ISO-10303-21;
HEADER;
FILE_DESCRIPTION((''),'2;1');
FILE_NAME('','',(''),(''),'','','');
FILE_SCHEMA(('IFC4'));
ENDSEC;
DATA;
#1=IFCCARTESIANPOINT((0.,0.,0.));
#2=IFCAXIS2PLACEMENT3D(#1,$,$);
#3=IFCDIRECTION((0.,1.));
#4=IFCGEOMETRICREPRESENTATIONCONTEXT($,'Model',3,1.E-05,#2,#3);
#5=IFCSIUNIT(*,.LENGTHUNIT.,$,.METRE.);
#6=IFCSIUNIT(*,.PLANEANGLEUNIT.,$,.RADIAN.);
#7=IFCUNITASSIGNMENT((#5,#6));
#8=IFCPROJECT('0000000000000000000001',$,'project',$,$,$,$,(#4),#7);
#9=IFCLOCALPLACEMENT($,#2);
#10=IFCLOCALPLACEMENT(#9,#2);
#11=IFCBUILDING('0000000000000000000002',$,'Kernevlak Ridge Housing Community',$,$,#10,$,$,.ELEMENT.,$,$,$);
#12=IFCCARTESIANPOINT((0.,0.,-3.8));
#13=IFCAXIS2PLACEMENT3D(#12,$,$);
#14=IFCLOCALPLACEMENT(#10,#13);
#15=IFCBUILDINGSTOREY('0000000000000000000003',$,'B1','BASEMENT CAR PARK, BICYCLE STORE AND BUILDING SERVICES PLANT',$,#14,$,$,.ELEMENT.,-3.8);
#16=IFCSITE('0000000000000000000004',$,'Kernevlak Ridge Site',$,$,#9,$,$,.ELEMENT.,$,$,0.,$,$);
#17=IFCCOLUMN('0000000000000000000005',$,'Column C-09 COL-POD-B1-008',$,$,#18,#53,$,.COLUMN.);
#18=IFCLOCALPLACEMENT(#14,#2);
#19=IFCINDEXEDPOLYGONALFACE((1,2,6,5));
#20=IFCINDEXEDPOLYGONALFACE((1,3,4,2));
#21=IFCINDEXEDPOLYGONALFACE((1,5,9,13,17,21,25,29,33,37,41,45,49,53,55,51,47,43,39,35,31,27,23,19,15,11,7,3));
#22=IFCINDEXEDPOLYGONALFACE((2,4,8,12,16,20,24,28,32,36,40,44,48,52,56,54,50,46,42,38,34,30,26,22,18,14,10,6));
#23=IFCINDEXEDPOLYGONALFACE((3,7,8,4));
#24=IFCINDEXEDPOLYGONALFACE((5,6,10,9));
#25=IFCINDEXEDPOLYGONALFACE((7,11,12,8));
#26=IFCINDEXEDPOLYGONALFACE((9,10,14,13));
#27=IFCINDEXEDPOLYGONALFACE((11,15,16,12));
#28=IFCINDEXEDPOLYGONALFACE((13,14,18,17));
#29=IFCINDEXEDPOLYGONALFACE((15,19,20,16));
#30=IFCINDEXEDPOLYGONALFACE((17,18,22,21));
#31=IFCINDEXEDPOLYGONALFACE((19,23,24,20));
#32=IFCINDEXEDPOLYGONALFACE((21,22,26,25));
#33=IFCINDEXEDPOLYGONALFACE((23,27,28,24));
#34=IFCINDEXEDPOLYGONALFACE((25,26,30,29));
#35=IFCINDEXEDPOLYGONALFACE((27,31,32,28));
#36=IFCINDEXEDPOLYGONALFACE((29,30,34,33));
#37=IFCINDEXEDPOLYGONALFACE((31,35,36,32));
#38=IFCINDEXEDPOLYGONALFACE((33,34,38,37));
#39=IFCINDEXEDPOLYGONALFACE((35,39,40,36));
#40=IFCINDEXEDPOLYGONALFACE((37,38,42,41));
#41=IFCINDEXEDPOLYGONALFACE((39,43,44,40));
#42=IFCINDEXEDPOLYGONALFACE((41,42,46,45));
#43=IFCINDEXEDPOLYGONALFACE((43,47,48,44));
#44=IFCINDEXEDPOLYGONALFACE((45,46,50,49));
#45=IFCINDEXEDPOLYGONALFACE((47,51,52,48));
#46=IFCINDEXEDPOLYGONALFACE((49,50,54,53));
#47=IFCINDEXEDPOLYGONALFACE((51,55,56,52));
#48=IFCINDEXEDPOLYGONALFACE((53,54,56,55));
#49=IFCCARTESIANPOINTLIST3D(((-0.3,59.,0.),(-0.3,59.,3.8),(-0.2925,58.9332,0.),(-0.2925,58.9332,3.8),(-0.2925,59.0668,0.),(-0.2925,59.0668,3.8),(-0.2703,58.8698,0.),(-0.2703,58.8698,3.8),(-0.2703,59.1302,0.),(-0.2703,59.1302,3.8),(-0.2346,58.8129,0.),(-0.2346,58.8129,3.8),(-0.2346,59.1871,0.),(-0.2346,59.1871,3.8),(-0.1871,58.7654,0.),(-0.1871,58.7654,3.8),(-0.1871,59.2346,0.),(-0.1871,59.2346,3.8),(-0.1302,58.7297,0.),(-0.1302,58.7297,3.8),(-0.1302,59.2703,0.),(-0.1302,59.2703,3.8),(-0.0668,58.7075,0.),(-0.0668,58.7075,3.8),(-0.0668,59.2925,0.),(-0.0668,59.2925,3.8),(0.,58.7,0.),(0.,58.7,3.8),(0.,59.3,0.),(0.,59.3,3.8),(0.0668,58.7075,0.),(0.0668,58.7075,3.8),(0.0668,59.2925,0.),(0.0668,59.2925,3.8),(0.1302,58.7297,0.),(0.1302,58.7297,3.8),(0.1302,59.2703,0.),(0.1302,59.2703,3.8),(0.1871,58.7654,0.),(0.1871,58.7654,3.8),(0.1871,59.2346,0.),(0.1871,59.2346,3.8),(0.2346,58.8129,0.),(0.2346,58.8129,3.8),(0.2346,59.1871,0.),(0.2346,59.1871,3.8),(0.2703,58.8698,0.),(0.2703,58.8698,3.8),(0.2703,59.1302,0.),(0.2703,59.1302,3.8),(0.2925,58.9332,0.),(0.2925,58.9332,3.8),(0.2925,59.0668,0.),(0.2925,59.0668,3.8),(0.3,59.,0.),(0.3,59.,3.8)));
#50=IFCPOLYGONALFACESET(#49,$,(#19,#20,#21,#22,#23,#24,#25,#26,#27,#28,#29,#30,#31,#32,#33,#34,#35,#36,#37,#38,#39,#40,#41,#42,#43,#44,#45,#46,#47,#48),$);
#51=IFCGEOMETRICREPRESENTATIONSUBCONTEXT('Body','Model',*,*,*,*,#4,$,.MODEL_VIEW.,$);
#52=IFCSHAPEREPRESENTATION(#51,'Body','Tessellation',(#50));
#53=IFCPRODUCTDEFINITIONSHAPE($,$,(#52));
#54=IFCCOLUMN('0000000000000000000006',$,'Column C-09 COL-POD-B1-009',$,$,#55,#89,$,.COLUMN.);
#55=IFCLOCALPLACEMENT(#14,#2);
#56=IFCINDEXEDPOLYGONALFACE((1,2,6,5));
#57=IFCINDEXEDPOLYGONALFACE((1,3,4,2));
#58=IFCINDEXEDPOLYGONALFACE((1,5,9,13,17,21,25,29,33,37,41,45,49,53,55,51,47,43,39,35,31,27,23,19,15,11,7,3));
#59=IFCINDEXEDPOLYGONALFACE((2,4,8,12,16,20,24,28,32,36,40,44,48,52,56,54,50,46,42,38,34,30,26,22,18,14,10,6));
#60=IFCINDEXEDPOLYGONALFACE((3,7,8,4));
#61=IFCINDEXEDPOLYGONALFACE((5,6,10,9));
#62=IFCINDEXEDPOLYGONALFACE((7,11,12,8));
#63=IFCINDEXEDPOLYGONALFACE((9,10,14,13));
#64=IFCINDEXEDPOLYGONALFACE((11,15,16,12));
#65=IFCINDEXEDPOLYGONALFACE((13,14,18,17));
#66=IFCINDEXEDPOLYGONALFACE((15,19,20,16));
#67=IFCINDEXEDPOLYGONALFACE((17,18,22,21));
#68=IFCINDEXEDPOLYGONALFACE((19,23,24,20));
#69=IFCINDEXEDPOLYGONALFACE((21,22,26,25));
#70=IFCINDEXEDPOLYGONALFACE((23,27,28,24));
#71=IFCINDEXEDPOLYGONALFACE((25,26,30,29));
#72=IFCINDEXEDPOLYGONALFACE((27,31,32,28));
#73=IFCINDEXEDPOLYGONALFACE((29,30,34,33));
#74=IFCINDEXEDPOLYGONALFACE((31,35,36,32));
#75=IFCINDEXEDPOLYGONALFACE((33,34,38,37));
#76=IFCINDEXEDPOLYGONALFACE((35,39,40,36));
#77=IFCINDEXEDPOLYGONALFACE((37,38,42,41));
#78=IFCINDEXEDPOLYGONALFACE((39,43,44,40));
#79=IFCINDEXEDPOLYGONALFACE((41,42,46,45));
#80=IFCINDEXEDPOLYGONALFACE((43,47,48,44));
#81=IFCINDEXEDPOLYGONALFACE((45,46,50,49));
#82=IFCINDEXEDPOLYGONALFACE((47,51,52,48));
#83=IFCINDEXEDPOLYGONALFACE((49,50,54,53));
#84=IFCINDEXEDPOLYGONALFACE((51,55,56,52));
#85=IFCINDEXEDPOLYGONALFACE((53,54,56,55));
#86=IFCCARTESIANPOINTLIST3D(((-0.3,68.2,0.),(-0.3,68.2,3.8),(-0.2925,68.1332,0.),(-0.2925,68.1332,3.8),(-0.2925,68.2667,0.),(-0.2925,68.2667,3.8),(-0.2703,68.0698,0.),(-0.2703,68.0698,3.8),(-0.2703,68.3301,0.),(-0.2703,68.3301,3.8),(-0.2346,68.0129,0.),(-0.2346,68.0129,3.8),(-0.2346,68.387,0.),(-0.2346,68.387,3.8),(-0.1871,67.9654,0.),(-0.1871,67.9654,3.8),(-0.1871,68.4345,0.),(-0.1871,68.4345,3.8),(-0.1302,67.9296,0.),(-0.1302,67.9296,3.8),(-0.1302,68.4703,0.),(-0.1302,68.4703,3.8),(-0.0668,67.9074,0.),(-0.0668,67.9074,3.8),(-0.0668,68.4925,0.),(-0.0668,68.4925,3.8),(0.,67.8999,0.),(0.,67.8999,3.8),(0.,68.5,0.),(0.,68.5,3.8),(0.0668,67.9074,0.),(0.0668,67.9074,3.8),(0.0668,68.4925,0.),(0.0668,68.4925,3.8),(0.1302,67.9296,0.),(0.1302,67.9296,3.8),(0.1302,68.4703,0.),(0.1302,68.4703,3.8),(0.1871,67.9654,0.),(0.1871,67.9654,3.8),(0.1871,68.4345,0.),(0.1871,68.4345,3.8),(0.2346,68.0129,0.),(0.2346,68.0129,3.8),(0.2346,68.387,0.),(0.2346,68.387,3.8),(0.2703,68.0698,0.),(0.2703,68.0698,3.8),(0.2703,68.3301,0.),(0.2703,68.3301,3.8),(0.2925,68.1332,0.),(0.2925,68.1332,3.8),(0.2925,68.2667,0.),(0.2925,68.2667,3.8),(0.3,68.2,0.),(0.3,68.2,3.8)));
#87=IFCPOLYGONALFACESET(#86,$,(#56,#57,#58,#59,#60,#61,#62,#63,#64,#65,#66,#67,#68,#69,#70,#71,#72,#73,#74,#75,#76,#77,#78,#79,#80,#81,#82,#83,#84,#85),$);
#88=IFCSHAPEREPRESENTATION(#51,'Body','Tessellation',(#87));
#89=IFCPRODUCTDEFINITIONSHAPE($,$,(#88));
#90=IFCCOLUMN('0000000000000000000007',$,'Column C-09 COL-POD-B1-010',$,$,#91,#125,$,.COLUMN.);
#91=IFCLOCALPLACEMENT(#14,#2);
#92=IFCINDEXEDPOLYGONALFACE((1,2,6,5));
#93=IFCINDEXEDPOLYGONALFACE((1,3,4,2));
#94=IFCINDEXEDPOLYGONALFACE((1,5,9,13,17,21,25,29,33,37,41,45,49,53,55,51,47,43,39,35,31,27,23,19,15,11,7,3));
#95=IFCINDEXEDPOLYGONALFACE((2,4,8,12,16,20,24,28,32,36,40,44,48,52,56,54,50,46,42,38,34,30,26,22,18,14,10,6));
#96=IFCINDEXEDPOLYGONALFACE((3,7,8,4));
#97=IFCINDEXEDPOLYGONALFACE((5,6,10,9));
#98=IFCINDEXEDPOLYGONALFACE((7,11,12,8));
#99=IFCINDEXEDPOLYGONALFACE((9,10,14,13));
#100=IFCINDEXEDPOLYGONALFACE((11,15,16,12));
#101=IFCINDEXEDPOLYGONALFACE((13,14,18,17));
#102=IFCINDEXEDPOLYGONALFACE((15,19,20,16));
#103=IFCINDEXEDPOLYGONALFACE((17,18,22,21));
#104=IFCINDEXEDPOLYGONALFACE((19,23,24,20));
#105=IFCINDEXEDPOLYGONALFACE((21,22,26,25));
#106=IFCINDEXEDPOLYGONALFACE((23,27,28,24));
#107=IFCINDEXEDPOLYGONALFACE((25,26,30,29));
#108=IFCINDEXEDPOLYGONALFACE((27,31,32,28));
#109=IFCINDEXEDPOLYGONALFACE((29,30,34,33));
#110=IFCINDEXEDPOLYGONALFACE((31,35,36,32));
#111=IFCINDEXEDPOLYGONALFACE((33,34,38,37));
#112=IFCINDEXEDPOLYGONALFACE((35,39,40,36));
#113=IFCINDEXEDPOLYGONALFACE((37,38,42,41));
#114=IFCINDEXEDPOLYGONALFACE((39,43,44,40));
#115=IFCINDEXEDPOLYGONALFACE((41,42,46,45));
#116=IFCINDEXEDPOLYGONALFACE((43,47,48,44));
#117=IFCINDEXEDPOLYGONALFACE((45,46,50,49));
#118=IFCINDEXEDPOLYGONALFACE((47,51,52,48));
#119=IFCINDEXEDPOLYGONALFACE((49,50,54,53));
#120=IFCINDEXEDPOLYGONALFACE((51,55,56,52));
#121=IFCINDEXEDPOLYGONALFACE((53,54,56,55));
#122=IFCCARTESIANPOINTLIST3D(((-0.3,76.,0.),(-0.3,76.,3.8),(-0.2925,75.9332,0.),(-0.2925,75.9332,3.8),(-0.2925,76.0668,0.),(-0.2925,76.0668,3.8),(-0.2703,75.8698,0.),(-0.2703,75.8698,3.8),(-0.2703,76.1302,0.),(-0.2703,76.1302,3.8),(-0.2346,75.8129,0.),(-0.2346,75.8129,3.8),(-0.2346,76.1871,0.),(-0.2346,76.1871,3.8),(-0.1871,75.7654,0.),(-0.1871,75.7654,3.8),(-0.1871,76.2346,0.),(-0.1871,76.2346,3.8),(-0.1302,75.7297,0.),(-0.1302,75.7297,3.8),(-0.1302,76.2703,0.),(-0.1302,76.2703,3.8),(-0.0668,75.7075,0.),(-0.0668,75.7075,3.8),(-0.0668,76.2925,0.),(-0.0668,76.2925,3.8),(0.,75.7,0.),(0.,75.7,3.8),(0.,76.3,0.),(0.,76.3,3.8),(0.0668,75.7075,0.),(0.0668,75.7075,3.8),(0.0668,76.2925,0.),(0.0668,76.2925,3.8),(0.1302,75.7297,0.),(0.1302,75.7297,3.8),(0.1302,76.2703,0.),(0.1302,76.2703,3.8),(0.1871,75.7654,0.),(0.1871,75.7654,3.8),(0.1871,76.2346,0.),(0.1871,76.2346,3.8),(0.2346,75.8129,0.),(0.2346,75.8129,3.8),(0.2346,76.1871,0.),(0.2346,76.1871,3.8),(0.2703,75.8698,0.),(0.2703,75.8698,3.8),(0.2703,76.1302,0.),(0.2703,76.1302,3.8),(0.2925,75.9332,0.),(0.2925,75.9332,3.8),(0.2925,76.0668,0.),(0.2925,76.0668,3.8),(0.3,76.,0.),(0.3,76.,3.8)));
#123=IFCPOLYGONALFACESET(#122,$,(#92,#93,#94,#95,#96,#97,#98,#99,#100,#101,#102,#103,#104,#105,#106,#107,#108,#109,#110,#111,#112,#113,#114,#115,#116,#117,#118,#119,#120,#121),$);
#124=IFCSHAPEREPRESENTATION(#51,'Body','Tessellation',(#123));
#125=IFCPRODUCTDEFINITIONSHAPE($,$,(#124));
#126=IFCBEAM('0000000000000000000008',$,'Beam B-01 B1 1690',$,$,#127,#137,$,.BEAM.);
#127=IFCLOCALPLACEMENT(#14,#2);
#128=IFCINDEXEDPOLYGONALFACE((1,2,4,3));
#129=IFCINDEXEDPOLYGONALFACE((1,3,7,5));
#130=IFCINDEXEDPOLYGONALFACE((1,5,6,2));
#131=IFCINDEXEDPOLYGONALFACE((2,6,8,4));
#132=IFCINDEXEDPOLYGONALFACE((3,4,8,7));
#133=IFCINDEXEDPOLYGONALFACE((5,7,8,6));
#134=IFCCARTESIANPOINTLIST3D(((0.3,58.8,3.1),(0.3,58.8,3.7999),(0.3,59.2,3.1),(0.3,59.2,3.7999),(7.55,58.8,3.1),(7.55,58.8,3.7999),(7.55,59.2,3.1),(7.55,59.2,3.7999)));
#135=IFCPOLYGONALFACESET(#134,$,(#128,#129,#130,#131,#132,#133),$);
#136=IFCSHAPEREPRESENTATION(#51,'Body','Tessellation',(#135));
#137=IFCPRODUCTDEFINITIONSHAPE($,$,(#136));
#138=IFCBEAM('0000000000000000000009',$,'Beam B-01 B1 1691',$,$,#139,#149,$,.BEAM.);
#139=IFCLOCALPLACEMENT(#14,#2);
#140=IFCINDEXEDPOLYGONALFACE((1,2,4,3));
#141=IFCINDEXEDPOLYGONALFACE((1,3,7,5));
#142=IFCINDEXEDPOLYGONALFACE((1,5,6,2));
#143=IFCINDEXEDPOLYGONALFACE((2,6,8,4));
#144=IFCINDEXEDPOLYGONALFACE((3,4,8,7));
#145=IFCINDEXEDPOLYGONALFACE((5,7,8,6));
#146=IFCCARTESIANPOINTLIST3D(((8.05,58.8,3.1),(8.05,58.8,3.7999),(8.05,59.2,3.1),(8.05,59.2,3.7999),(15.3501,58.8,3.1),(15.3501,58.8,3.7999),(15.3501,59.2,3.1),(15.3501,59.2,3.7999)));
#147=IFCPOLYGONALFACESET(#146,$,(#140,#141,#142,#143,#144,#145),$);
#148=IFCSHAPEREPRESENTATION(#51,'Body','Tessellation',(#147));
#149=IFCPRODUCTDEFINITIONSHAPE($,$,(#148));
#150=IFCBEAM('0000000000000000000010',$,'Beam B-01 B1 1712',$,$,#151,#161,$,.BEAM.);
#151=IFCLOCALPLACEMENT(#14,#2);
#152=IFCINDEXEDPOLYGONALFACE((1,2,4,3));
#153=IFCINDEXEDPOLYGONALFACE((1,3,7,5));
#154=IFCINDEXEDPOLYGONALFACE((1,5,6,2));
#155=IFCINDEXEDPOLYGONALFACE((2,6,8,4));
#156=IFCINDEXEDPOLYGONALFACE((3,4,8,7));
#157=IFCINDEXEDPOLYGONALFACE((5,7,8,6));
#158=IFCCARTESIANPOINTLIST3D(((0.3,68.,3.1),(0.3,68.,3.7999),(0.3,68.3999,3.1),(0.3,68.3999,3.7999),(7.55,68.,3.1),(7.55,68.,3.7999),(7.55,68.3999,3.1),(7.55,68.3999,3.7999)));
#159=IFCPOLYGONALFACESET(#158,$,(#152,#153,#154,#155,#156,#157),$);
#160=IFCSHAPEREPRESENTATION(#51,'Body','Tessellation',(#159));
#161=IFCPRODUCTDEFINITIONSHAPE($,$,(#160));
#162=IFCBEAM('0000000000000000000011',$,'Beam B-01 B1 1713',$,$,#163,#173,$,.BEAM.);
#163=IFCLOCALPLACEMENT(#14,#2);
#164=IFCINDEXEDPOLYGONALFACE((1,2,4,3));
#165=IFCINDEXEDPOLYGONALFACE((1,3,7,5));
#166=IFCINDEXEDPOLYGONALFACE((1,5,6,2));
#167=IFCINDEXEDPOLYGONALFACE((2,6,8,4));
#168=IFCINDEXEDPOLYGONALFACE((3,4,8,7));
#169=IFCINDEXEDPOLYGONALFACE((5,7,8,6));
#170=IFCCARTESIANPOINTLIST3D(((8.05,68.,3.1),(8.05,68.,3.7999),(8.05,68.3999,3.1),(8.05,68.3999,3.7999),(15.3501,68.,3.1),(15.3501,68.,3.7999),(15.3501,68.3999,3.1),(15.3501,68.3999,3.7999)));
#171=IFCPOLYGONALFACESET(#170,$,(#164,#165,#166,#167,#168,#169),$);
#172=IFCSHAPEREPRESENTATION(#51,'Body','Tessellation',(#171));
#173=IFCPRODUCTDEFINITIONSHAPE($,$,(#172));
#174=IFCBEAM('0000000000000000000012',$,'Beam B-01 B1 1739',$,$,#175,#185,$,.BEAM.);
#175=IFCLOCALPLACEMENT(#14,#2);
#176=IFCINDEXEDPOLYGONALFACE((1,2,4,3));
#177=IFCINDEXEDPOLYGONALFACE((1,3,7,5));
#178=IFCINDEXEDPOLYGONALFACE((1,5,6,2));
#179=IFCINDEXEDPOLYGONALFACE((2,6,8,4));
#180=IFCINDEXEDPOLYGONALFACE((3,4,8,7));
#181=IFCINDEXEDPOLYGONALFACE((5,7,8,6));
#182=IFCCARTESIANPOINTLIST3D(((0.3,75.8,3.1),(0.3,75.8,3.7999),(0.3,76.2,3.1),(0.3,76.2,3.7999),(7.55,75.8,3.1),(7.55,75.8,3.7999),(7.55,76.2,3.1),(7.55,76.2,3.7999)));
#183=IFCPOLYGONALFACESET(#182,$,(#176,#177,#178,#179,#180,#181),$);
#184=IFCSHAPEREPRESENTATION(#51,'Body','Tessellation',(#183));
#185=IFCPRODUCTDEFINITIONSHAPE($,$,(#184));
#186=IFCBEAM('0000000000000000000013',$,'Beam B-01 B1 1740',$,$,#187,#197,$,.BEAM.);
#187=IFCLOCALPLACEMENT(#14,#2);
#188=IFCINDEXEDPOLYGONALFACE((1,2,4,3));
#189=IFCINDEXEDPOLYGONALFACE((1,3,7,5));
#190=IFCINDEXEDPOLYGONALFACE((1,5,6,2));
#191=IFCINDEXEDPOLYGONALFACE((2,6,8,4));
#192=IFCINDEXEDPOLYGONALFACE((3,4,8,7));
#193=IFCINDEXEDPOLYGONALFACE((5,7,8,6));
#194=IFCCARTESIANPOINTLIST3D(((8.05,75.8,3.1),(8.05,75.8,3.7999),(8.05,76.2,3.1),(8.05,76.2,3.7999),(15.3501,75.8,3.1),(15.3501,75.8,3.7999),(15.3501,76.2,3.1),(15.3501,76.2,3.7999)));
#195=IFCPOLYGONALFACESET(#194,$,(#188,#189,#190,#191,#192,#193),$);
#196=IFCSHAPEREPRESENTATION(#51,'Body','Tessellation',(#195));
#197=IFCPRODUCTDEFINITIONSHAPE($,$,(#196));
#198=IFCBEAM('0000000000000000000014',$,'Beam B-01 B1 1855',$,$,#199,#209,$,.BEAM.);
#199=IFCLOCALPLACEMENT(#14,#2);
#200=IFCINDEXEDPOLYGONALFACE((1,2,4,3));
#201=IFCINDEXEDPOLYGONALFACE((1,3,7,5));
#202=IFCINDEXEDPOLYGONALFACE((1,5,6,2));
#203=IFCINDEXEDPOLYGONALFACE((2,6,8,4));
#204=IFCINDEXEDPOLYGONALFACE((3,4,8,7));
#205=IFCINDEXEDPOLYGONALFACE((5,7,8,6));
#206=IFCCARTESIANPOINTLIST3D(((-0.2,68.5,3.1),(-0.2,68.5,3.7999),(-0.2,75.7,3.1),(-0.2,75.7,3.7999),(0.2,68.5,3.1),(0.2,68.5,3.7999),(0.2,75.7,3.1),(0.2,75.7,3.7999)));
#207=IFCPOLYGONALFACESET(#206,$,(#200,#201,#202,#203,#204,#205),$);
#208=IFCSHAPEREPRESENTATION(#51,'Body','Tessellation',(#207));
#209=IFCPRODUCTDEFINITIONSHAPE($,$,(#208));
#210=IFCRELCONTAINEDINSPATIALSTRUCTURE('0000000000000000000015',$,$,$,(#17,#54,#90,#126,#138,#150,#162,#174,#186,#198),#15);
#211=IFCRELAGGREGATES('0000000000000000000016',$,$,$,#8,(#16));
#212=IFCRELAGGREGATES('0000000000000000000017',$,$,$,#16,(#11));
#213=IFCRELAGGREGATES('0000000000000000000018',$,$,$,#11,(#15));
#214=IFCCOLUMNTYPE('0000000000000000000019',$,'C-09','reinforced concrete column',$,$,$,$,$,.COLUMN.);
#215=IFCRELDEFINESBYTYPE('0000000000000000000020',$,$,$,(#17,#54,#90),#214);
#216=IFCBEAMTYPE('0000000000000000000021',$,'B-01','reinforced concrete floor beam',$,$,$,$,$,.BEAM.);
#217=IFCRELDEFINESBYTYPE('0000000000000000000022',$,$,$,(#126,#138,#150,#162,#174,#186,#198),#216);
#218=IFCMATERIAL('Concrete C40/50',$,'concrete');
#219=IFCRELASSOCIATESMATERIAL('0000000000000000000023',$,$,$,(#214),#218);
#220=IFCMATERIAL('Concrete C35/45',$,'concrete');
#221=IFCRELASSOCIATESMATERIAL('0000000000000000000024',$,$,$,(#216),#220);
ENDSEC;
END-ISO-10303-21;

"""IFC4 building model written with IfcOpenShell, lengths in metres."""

from ifc_helpers import new_model, si_unit, direction, frame, origin, origin_2d, place, context, subcontext, project, spatial, rectangle, circle, extrude, material, material_profile, profile_set, type_object, element, save


model = new_model("IFC4")

# Units and contexts
model_context = context("Model", 3, precision=1e-05, world=origin(), true_north=direction((0.0, 1.0)))
body_context = subcontext(model_context, "Body", "Model", "MODEL_VIEW")
ifc_project = project(units=[si_unit("LENGTHUNIT", "METRE"), si_unit("PLANEANGLEUNIT", "RADIAN")], contexts=[model_context])

# Site, building, storey
site_placement = place(None, origin())
site = spatial("IfcSite", under=ifc_project, at=site_placement, Name="Kernevlak Ridge Site", CompositionType="ELEMENT", RefElevation=0.0)
building_placement = place(site_placement, origin())
building = spatial("IfcBuilding", under=site, at=building_placement, Name="Kernevlak Ridge Housing Community", CompositionType="ELEMENT")
storey_placement = place(building_placement, frame((0.0, 0.0, -3.8)))
storey = spatial("IfcBuildingStorey", under=building, at=storey_placement, Name="B1", Description="BASEMENT CAR PARK, BICYCLE STORE AND BUILDING SERVICES PLANT", CompositionType="ELEMENT", Elevation=-3.8)

# Shared definitions
ifc_material_1 = material(Name="Concrete C35/45", Category="concrete")

# Columns
ifc_material_2 = material(Name="Concrete C40/50", Category="concrete")
ifc_material_profile_1 = material_profile(ifc_material_2, circle(Radius=0.3, at=origin_2d()), Name="RC D600")
ifc_profile_set_1 = profile_set([ifc_material_profile_1], Name="Concrete C40/50")
column_type_1 = type_object("IfcColumnType", Name="C-09", Description="reinforced concrete column", PredefinedType="COLUMN", material=ifc_profile_set_1)
for number, where, z_axis, x_axis, name in (
    (1, (0.0, 59.0, 0.0), (0.0, 0.0, 1.0), (1.0, 0.0, 0.0), "Column C-09 COL-POD-B1-008"),
    (2, (0.0, 68.2, 0.0), (0.0, 0.0, 1.0), (1.0, 0.0, 0.0), "Column C-09 COL-POD-B1-009"),
    (3, (0.0, 76.0, 0.0), (0.0, 0.0, 1.0), (1.0, 0.0, 0.0), "Column C-09 COL-POD-B1-010"),
):
    element("IfcColumn", number, at=place(storey_placement, frame(where, z_axis=z_axis, x_axis=x_axis)), inside=storey, type_object=column_type_1, Name=name, PredefinedType="COLUMN", context=body_context, shape_type="SweptSolid", body=[
        extrude(circle(Radius=0.3, at=origin_2d()), origin(), (0.0, 0.0, 1.0), 3.8),
    ])

# Beams
ifc_material_profile_2 = material_profile(ifc_material_1, rectangle(XDim=0.3999, YDim=0.7, at=origin_2d()), Name="RC 400x700")
ifc_profile_set_2 = profile_set([ifc_material_profile_2], Name="Concrete C35/45")
beam_type_1 = type_object("IfcBeamType", Name="B-01", Description="reinforced concrete floor beam", PredefinedType="BEAM", material=ifc_profile_set_2)
beam_1_placement = place(storey_placement, frame((0.3, 59.0, 3.45), z_axis=(1.0, 0.0, 0.0), x_axis=(0.0, 1.0, 0.0)))
element("IfcBeam", 4, at=beam_1_placement, inside=storey, type_object=beam_type_1, Name="Beam B-01 B1 1690", PredefinedType="BEAM", context=body_context, shape_type="SweptSolid", body=[
    extrude(rectangle(XDim=0.3999, YDim=0.7, at=origin_2d()), origin(), (0.0, 0.0, 1.0), 7.25),
])
beam_2_placement = place(storey_placement, frame((8.05, 59.0, 3.45), z_axis=(1.0, 0.0, 0.0), x_axis=(0.0, 1.0, 0.0)))
element("IfcBeam", 5, at=beam_2_placement, inside=storey, type_object=beam_type_1, Name="Beam B-01 B1 1691", PredefinedType="BEAM", context=body_context, shape_type="SweptSolid", body=[
    extrude(rectangle(XDim=0.3999, YDim=0.7, at=origin_2d()), origin(), (0.0, 0.0, 1.0), 7.3),
])
beam_3_placement = place(storey_placement, frame((0.3, 68.2, 3.45), z_axis=(1.0, 0.0, 0.0), x_axis=(0.0, 1.0, 0.0)))
element("IfcBeam", 6, at=beam_3_placement, inside=storey, type_object=beam_type_1, Name="Beam B-01 B1 1712", PredefinedType="BEAM", context=body_context, shape_type="SweptSolid", body=[
    extrude(rectangle(XDim=0.3999, YDim=0.7, at=origin_2d()), origin(), (0.0, 0.0, 1.0), 7.25),
])
beam_4_placement = place(storey_placement, frame((8.05, 68.2, 3.45), z_axis=(1.0, 0.0, 0.0), x_axis=(0.0, 1.0, 0.0)))
element("IfcBeam", 7, at=beam_4_placement, inside=storey, type_object=beam_type_1, Name="Beam B-01 B1 1713", PredefinedType="BEAM", context=body_context, shape_type="SweptSolid", body=[
    extrude(rectangle(XDim=0.3999, YDim=0.7, at=origin_2d()), origin(), (0.0, 0.0, 1.0), 7.3),
])
beam_5_placement = place(storey_placement, frame((0.3, 76.0, 3.45), z_axis=(1.0, 0.0, 0.0), x_axis=(0.0, 1.0, 0.0)))
element("IfcBeam", 8, at=beam_5_placement, inside=storey, type_object=beam_type_1, Name="Beam B-01 B1 1739", PredefinedType="BEAM", context=body_context, shape_type="SweptSolid", body=[
    extrude(rectangle(XDim=0.3999, YDim=0.7, at=origin_2d()), origin(), (0.0, 0.0, 1.0), 7.25),
])
beam_6_placement = place(storey_placement, frame((8.05, 76.0, 3.45), z_axis=(1.0, 0.0, 0.0), x_axis=(0.0, 1.0, 0.0)))
element("IfcBeam", 9, at=beam_6_placement, inside=storey, type_object=beam_type_1, Name="Beam B-01 B1 1740", PredefinedType="BEAM", context=body_context, shape_type="SweptSolid", body=[
    extrude(rectangle(XDim=0.3999, YDim=0.7, at=origin_2d()), origin(), (0.0, 0.0, 1.0), 7.3),
])
beam_7_placement = place(storey_placement, frame((0.0, 68.5, 3.45), z_axis=(0.0, 1.0, 0.0), x_axis=(-1.0, 0.0, 0.0)))
element("IfcBeam", 10, at=beam_7_placement, inside=storey, type_object=beam_type_1, Name="Beam B-01 B1 1855", PredefinedType="BEAM", context=body_context, shape_type="SweptSolid", body=[
    extrude(rectangle(XDim=0.3999, YDim=0.7, at=origin_2d()), origin(), (0.0, 0.0, 1.0), 7.2),
])

save(model, "model.ifc")
